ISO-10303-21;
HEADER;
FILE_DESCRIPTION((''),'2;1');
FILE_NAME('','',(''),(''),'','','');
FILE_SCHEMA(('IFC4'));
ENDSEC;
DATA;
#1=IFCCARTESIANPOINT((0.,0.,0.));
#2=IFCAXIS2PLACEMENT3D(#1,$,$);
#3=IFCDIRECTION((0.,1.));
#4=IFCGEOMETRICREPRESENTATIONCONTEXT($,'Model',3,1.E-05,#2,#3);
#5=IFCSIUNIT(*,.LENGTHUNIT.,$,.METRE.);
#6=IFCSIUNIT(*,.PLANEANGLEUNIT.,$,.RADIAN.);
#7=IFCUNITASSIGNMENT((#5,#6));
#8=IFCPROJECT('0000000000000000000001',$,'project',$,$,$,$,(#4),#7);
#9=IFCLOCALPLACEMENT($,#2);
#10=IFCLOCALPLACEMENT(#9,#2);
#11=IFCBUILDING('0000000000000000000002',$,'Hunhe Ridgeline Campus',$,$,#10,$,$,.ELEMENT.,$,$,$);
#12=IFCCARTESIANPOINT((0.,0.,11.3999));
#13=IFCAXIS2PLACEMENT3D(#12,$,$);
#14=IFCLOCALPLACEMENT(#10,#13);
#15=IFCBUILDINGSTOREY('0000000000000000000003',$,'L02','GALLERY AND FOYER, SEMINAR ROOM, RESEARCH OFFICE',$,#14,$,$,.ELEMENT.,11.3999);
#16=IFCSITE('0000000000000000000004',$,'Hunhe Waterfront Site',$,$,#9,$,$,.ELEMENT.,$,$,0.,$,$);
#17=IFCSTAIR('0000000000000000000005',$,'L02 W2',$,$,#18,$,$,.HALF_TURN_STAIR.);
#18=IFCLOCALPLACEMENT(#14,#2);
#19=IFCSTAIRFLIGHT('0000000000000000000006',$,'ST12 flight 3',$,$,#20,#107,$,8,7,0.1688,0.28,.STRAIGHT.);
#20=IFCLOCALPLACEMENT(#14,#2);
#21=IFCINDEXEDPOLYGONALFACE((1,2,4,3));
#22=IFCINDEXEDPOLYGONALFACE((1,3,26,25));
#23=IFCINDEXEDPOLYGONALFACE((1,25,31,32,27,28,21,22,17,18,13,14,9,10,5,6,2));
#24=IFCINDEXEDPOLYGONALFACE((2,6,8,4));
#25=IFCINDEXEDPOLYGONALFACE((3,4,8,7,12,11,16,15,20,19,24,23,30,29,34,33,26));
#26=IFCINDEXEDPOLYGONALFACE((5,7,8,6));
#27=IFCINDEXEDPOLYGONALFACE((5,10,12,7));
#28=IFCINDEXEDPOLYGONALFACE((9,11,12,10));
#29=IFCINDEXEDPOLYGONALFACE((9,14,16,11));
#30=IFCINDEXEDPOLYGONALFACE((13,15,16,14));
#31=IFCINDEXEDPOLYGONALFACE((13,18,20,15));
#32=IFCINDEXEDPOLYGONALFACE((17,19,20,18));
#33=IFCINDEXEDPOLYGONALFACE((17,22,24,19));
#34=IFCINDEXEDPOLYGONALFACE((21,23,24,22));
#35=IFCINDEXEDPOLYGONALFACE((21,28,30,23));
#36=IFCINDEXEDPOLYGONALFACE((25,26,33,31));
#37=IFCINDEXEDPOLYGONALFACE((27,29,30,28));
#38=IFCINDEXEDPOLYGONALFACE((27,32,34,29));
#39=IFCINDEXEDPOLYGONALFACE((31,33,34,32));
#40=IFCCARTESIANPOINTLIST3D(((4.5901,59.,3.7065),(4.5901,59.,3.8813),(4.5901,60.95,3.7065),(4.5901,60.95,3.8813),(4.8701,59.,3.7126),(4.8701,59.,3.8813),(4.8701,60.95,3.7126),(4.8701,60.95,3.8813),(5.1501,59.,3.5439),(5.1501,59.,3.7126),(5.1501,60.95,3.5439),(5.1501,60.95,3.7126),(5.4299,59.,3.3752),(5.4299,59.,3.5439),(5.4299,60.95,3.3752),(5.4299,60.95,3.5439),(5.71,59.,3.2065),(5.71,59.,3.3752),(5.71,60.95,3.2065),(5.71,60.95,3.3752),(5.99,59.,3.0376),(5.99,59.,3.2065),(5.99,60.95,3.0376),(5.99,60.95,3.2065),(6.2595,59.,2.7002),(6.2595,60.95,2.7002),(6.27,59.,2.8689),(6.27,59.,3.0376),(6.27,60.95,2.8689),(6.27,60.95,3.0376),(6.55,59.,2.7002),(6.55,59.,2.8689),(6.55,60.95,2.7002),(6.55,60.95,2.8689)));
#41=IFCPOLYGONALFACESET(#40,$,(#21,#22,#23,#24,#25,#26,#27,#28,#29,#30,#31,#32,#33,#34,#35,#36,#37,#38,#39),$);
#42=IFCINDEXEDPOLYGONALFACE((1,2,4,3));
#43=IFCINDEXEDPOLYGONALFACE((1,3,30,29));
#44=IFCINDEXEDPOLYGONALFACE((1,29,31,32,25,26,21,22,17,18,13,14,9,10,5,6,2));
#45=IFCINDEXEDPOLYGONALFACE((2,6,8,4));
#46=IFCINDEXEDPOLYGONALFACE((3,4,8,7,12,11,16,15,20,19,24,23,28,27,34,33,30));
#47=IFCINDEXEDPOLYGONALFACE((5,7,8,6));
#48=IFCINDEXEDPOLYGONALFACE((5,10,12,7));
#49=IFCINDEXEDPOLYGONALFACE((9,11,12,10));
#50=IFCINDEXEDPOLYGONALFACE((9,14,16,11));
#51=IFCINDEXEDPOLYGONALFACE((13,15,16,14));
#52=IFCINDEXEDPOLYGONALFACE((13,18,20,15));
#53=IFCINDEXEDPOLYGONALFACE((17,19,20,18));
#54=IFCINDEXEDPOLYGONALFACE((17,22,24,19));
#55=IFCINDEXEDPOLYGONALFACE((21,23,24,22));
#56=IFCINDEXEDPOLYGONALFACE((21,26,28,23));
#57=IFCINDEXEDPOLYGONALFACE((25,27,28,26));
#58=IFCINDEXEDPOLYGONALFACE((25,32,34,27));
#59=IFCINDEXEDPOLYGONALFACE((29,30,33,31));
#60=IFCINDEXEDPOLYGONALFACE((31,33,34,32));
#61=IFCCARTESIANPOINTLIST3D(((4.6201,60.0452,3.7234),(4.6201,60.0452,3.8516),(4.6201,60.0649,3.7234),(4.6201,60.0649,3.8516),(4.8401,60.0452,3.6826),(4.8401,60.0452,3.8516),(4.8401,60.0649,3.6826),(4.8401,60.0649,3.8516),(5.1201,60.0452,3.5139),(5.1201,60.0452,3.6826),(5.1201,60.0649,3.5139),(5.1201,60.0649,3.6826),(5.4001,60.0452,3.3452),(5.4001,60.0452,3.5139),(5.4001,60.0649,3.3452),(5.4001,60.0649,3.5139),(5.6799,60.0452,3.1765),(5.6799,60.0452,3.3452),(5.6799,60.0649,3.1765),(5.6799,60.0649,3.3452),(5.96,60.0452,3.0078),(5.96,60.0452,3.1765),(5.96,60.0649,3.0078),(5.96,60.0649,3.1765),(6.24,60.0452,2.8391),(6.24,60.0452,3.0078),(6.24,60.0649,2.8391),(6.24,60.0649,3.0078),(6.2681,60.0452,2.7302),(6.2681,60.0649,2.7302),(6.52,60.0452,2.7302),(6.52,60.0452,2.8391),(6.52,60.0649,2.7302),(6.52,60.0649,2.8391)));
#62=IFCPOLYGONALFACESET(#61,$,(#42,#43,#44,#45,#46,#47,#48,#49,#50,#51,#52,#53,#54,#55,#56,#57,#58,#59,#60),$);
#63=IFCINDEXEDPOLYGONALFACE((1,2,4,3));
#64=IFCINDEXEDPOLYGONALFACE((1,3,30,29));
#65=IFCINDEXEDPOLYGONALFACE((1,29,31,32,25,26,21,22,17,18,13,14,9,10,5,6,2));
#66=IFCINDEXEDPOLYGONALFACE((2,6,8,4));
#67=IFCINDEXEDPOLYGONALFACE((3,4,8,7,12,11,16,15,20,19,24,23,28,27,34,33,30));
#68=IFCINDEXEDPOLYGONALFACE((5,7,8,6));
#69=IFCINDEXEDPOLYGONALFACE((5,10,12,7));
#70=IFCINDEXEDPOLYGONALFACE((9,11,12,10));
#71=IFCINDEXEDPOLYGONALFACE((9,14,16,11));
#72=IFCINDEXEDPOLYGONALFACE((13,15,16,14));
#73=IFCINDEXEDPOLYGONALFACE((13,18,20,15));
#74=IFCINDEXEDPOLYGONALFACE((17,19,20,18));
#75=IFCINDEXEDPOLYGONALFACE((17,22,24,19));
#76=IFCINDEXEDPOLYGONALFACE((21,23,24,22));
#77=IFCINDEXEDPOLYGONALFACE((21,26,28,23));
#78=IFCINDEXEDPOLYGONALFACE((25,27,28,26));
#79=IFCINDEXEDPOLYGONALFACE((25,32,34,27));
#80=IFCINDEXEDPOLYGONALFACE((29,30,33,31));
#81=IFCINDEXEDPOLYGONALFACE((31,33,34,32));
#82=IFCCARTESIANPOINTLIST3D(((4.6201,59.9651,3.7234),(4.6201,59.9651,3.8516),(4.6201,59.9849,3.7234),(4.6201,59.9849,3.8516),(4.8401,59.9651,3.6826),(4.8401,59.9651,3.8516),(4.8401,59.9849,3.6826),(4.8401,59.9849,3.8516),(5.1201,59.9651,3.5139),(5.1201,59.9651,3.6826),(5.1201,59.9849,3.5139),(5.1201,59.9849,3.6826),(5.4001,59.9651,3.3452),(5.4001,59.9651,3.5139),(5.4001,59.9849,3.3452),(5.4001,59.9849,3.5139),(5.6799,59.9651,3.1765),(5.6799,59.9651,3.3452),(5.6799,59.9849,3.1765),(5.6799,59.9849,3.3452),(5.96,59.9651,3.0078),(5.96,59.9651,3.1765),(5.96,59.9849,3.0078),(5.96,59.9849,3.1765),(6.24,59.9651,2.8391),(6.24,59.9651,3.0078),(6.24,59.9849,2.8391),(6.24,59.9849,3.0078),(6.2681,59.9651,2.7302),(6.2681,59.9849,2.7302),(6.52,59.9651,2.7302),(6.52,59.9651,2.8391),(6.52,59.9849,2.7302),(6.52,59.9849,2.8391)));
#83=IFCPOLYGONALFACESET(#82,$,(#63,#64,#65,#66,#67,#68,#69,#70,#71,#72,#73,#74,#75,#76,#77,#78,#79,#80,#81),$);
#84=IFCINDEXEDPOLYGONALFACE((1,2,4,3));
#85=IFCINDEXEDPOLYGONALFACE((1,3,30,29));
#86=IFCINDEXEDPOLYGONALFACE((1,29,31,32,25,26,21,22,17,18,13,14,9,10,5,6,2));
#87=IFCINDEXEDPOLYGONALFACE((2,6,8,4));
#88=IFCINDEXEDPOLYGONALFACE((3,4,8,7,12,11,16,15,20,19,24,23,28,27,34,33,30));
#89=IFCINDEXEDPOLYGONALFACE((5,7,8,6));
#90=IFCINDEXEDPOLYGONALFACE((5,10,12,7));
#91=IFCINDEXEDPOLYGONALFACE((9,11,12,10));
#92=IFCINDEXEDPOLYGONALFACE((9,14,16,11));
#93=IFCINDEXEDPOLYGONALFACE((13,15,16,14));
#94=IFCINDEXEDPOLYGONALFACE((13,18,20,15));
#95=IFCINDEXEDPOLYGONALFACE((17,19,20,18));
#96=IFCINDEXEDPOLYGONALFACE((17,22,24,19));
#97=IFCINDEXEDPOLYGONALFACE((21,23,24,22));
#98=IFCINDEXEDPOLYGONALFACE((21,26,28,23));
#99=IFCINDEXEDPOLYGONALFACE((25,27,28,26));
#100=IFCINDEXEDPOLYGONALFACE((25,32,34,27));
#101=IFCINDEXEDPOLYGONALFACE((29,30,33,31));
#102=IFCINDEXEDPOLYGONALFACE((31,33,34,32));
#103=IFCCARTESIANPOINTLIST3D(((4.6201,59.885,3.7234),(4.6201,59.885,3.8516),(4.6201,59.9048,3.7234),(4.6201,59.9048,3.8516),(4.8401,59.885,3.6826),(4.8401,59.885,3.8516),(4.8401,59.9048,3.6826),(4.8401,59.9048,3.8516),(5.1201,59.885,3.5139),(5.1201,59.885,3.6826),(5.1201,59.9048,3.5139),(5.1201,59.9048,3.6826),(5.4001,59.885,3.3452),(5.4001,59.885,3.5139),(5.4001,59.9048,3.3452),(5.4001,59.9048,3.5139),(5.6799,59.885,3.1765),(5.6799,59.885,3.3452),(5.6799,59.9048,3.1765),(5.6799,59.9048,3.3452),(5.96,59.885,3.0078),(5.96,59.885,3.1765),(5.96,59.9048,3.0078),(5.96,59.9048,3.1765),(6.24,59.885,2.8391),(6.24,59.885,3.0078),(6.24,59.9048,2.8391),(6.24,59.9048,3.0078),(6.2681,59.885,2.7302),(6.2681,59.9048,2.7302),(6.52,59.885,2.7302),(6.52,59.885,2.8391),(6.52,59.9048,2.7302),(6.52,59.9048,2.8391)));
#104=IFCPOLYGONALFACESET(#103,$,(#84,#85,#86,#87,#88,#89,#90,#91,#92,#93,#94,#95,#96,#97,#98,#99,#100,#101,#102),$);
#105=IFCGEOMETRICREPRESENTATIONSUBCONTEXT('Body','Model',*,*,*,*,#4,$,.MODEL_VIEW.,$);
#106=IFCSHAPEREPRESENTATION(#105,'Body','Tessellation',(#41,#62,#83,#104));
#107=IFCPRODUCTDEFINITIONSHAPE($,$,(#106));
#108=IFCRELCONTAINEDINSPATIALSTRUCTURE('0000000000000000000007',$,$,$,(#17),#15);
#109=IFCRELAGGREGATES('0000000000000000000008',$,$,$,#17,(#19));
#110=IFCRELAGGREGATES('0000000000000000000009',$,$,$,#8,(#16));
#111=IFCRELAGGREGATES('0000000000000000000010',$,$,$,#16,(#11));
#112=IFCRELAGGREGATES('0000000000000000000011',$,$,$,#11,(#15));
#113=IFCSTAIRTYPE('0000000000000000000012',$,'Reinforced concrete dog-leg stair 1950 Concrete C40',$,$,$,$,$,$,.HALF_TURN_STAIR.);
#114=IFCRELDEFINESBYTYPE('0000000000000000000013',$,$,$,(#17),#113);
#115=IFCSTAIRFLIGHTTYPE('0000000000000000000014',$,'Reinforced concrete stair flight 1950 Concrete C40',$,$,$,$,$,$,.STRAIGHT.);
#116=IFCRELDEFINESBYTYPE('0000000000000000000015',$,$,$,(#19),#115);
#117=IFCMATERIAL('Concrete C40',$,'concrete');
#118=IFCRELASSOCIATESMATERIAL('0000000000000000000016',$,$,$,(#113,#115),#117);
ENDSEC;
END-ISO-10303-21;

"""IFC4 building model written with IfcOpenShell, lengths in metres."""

from ifc_helpers import new_model, si_unit, direction, frame, origin, place, context, subcontext, project, spatial, polyline, outline, extrude, material, type_object, element, aggregate, save


model = new_model("IFC4")

# Units and contexts
model_context = context("Model", 3, precision=1e-05, world=origin(), true_north=direction((0.0, 1.0)))
body_context = subcontext(model_context, "Body", "Model", "MODEL_VIEW")
ifc_project = project(units=[si_unit("LENGTHUNIT", "METRE"), si_unit("PLANEANGLEUNIT", "RADIAN")], contexts=[model_context])

# Site, building, storey
site_placement = place(None, origin())
site = spatial("IfcSite", under=ifc_project, at=site_placement, Name="Hunhe Waterfront Site", CompositionType="ELEMENT", RefElevation=0.0)
building_placement = place(site_placement, origin())
building = spatial("IfcBuilding", under=site, at=building_placement, Name="Hunhe Ridgeline Campus", CompositionType="ELEMENT")
storey_placement = place(building_placement, frame((0.0, 0.0, 11.3999)))
storey = spatial("IfcBuildingStorey", under=building, at=storey_placement, Name="L02", Description="GALLERY AND FOYER, SEMINAR ROOM, RESEARCH OFFICE", CompositionType="ELEMENT", Elevation=11.3999)

# Shared definitions
ifc_material_1 = material(Name="Concrete C40", Category="concrete")
stair_type = type_object("IfcStairType", Name="Reinforced concrete dog-leg stair 1950 Concrete C40", PredefinedType="HALF_TURN_STAIR", material=ifc_material_1)
stair_flight_type = type_object("IfcStairFlightType", Name="Reinforced concrete stair flight 1950 Concrete C40", PredefinedType="STRAIGHT", material=ifc_material_1)

# Stair, stair flight
stair_1_placement = place(storey_placement, origin())
stair_1 = element("IfcStair", 1, at=stair_1_placement, inside=storey, type_object=stair_type, Name="L02 W2", PredefinedType="HALF_TURN_STAIR")
stair_flight_1_placement = place(storey_placement, frame((6.55, 59.9751, 2.7002), z_axis=(0.0, 0.0, 1.0), x_axis=(-1.0, 0.0, 0.0)))
stair_flight_1 = element("IfcStairFlight", 2, at=stair_flight_1_placement, type_object=stair_flight_type, Name="ST12 flight 3", NumberOfRisers=8, NumberOfTreads=7, PredefinedType="STRAIGHT", RiserHeight=0.1688, TreadLength=0.28, context=body_context, shape_type="SweptSolid", body=[
    extrude(outline(polyline([(0.0, 0.0), (0.0, 0.1687), (0.28, 0.1687), (0.28, 0.3374), (0.5601, 0.3374), (0.5601, 0.5063), (0.8401, 0.5063), (0.8401, 0.675), (1.1201, 0.675), (1.1201, 0.8438), (1.3999, 0.8438), (1.3999, 1.0125), (1.6799, 1.0125), (1.6799, 1.1812), (1.96, 1.1812), (1.96, 1.3501), (1.96, 1.0063), (0.2905, 0.0), (0.0, 0.0)])), frame((0.0, 0.9751, 0.0), z_axis=(0.0, -1.0, 0.0), x_axis=(1.0, 0.0, 0.0)), (0.0, 0.0, 1.0), 1.95),
    extrude(outline(polyline([(0.03, 0.03), (0.03, 0.1389), (0.3101, 0.1389), (0.3101, 0.3076), (0.5901, 0.3076), (0.5901, 0.4763), (0.8701, 0.4763), (0.8701, 0.645), (1.1499, 0.645), (1.1499, 0.8137), (1.4299, 0.8137), (1.4299, 0.9824), (1.71, 0.9824), (1.71, 1.1514), (1.9299, 1.1514), (1.9299, 1.0232), (0.282, 0.03), (0.03, 0.03)])), frame((0.0, -0.0701, 0.0), z_axis=(0.0, -1.0, 0.0), x_axis=(1.0, 0.0, 0.0)), (0.0, 0.0, 1.0), 0.0198),
    extrude(outline(polyline([(0.03, 0.03), (0.03, 0.1389), (0.3101, 0.1389), (0.3101, 0.3076), (0.5901, 0.3076), (0.5901, 0.4763), (0.8701, 0.4763), (0.8701, 0.645), (1.1499, 0.645), (1.1499, 0.8137), (1.4299, 0.8137), (1.4299, 0.9824), (1.71, 0.9824), (1.71, 1.1514), (1.9299, 1.1514), (1.9299, 1.0232), (0.282, 0.03), (0.03, 0.03)])), frame((0.0, 0.01, 0.0), z_axis=(0.0, -1.0, 0.0), x_axis=(1.0, 0.0, 0.0)), (0.0, 0.0, 1.0), 0.0198),
    extrude(outline(polyline([(0.03, 0.03), (0.03, 0.1389), (0.3101, 0.1389), (0.3101, 0.3076), (0.5901, 0.3076), (0.5901, 0.4763), (0.8701, 0.4763), (0.8701, 0.645), (1.1499, 0.645), (1.1499, 0.8137), (1.4299, 0.8137), (1.4299, 0.9824), (1.71, 0.9824), (1.71, 1.1514), (1.9299, 1.1514), (1.9299, 1.0232), (0.282, 0.03), (0.03, 0.03)])), frame((0.0, 0.0901, 0.0), z_axis=(0.0, -1.0, 0.0), x_axis=(1.0, 0.0, 0.0)), (0.0, 0.0, 1.0), 0.0198),
])
aggregate(stair_1, [stair_flight_1])

save(model, "model.ifc")
